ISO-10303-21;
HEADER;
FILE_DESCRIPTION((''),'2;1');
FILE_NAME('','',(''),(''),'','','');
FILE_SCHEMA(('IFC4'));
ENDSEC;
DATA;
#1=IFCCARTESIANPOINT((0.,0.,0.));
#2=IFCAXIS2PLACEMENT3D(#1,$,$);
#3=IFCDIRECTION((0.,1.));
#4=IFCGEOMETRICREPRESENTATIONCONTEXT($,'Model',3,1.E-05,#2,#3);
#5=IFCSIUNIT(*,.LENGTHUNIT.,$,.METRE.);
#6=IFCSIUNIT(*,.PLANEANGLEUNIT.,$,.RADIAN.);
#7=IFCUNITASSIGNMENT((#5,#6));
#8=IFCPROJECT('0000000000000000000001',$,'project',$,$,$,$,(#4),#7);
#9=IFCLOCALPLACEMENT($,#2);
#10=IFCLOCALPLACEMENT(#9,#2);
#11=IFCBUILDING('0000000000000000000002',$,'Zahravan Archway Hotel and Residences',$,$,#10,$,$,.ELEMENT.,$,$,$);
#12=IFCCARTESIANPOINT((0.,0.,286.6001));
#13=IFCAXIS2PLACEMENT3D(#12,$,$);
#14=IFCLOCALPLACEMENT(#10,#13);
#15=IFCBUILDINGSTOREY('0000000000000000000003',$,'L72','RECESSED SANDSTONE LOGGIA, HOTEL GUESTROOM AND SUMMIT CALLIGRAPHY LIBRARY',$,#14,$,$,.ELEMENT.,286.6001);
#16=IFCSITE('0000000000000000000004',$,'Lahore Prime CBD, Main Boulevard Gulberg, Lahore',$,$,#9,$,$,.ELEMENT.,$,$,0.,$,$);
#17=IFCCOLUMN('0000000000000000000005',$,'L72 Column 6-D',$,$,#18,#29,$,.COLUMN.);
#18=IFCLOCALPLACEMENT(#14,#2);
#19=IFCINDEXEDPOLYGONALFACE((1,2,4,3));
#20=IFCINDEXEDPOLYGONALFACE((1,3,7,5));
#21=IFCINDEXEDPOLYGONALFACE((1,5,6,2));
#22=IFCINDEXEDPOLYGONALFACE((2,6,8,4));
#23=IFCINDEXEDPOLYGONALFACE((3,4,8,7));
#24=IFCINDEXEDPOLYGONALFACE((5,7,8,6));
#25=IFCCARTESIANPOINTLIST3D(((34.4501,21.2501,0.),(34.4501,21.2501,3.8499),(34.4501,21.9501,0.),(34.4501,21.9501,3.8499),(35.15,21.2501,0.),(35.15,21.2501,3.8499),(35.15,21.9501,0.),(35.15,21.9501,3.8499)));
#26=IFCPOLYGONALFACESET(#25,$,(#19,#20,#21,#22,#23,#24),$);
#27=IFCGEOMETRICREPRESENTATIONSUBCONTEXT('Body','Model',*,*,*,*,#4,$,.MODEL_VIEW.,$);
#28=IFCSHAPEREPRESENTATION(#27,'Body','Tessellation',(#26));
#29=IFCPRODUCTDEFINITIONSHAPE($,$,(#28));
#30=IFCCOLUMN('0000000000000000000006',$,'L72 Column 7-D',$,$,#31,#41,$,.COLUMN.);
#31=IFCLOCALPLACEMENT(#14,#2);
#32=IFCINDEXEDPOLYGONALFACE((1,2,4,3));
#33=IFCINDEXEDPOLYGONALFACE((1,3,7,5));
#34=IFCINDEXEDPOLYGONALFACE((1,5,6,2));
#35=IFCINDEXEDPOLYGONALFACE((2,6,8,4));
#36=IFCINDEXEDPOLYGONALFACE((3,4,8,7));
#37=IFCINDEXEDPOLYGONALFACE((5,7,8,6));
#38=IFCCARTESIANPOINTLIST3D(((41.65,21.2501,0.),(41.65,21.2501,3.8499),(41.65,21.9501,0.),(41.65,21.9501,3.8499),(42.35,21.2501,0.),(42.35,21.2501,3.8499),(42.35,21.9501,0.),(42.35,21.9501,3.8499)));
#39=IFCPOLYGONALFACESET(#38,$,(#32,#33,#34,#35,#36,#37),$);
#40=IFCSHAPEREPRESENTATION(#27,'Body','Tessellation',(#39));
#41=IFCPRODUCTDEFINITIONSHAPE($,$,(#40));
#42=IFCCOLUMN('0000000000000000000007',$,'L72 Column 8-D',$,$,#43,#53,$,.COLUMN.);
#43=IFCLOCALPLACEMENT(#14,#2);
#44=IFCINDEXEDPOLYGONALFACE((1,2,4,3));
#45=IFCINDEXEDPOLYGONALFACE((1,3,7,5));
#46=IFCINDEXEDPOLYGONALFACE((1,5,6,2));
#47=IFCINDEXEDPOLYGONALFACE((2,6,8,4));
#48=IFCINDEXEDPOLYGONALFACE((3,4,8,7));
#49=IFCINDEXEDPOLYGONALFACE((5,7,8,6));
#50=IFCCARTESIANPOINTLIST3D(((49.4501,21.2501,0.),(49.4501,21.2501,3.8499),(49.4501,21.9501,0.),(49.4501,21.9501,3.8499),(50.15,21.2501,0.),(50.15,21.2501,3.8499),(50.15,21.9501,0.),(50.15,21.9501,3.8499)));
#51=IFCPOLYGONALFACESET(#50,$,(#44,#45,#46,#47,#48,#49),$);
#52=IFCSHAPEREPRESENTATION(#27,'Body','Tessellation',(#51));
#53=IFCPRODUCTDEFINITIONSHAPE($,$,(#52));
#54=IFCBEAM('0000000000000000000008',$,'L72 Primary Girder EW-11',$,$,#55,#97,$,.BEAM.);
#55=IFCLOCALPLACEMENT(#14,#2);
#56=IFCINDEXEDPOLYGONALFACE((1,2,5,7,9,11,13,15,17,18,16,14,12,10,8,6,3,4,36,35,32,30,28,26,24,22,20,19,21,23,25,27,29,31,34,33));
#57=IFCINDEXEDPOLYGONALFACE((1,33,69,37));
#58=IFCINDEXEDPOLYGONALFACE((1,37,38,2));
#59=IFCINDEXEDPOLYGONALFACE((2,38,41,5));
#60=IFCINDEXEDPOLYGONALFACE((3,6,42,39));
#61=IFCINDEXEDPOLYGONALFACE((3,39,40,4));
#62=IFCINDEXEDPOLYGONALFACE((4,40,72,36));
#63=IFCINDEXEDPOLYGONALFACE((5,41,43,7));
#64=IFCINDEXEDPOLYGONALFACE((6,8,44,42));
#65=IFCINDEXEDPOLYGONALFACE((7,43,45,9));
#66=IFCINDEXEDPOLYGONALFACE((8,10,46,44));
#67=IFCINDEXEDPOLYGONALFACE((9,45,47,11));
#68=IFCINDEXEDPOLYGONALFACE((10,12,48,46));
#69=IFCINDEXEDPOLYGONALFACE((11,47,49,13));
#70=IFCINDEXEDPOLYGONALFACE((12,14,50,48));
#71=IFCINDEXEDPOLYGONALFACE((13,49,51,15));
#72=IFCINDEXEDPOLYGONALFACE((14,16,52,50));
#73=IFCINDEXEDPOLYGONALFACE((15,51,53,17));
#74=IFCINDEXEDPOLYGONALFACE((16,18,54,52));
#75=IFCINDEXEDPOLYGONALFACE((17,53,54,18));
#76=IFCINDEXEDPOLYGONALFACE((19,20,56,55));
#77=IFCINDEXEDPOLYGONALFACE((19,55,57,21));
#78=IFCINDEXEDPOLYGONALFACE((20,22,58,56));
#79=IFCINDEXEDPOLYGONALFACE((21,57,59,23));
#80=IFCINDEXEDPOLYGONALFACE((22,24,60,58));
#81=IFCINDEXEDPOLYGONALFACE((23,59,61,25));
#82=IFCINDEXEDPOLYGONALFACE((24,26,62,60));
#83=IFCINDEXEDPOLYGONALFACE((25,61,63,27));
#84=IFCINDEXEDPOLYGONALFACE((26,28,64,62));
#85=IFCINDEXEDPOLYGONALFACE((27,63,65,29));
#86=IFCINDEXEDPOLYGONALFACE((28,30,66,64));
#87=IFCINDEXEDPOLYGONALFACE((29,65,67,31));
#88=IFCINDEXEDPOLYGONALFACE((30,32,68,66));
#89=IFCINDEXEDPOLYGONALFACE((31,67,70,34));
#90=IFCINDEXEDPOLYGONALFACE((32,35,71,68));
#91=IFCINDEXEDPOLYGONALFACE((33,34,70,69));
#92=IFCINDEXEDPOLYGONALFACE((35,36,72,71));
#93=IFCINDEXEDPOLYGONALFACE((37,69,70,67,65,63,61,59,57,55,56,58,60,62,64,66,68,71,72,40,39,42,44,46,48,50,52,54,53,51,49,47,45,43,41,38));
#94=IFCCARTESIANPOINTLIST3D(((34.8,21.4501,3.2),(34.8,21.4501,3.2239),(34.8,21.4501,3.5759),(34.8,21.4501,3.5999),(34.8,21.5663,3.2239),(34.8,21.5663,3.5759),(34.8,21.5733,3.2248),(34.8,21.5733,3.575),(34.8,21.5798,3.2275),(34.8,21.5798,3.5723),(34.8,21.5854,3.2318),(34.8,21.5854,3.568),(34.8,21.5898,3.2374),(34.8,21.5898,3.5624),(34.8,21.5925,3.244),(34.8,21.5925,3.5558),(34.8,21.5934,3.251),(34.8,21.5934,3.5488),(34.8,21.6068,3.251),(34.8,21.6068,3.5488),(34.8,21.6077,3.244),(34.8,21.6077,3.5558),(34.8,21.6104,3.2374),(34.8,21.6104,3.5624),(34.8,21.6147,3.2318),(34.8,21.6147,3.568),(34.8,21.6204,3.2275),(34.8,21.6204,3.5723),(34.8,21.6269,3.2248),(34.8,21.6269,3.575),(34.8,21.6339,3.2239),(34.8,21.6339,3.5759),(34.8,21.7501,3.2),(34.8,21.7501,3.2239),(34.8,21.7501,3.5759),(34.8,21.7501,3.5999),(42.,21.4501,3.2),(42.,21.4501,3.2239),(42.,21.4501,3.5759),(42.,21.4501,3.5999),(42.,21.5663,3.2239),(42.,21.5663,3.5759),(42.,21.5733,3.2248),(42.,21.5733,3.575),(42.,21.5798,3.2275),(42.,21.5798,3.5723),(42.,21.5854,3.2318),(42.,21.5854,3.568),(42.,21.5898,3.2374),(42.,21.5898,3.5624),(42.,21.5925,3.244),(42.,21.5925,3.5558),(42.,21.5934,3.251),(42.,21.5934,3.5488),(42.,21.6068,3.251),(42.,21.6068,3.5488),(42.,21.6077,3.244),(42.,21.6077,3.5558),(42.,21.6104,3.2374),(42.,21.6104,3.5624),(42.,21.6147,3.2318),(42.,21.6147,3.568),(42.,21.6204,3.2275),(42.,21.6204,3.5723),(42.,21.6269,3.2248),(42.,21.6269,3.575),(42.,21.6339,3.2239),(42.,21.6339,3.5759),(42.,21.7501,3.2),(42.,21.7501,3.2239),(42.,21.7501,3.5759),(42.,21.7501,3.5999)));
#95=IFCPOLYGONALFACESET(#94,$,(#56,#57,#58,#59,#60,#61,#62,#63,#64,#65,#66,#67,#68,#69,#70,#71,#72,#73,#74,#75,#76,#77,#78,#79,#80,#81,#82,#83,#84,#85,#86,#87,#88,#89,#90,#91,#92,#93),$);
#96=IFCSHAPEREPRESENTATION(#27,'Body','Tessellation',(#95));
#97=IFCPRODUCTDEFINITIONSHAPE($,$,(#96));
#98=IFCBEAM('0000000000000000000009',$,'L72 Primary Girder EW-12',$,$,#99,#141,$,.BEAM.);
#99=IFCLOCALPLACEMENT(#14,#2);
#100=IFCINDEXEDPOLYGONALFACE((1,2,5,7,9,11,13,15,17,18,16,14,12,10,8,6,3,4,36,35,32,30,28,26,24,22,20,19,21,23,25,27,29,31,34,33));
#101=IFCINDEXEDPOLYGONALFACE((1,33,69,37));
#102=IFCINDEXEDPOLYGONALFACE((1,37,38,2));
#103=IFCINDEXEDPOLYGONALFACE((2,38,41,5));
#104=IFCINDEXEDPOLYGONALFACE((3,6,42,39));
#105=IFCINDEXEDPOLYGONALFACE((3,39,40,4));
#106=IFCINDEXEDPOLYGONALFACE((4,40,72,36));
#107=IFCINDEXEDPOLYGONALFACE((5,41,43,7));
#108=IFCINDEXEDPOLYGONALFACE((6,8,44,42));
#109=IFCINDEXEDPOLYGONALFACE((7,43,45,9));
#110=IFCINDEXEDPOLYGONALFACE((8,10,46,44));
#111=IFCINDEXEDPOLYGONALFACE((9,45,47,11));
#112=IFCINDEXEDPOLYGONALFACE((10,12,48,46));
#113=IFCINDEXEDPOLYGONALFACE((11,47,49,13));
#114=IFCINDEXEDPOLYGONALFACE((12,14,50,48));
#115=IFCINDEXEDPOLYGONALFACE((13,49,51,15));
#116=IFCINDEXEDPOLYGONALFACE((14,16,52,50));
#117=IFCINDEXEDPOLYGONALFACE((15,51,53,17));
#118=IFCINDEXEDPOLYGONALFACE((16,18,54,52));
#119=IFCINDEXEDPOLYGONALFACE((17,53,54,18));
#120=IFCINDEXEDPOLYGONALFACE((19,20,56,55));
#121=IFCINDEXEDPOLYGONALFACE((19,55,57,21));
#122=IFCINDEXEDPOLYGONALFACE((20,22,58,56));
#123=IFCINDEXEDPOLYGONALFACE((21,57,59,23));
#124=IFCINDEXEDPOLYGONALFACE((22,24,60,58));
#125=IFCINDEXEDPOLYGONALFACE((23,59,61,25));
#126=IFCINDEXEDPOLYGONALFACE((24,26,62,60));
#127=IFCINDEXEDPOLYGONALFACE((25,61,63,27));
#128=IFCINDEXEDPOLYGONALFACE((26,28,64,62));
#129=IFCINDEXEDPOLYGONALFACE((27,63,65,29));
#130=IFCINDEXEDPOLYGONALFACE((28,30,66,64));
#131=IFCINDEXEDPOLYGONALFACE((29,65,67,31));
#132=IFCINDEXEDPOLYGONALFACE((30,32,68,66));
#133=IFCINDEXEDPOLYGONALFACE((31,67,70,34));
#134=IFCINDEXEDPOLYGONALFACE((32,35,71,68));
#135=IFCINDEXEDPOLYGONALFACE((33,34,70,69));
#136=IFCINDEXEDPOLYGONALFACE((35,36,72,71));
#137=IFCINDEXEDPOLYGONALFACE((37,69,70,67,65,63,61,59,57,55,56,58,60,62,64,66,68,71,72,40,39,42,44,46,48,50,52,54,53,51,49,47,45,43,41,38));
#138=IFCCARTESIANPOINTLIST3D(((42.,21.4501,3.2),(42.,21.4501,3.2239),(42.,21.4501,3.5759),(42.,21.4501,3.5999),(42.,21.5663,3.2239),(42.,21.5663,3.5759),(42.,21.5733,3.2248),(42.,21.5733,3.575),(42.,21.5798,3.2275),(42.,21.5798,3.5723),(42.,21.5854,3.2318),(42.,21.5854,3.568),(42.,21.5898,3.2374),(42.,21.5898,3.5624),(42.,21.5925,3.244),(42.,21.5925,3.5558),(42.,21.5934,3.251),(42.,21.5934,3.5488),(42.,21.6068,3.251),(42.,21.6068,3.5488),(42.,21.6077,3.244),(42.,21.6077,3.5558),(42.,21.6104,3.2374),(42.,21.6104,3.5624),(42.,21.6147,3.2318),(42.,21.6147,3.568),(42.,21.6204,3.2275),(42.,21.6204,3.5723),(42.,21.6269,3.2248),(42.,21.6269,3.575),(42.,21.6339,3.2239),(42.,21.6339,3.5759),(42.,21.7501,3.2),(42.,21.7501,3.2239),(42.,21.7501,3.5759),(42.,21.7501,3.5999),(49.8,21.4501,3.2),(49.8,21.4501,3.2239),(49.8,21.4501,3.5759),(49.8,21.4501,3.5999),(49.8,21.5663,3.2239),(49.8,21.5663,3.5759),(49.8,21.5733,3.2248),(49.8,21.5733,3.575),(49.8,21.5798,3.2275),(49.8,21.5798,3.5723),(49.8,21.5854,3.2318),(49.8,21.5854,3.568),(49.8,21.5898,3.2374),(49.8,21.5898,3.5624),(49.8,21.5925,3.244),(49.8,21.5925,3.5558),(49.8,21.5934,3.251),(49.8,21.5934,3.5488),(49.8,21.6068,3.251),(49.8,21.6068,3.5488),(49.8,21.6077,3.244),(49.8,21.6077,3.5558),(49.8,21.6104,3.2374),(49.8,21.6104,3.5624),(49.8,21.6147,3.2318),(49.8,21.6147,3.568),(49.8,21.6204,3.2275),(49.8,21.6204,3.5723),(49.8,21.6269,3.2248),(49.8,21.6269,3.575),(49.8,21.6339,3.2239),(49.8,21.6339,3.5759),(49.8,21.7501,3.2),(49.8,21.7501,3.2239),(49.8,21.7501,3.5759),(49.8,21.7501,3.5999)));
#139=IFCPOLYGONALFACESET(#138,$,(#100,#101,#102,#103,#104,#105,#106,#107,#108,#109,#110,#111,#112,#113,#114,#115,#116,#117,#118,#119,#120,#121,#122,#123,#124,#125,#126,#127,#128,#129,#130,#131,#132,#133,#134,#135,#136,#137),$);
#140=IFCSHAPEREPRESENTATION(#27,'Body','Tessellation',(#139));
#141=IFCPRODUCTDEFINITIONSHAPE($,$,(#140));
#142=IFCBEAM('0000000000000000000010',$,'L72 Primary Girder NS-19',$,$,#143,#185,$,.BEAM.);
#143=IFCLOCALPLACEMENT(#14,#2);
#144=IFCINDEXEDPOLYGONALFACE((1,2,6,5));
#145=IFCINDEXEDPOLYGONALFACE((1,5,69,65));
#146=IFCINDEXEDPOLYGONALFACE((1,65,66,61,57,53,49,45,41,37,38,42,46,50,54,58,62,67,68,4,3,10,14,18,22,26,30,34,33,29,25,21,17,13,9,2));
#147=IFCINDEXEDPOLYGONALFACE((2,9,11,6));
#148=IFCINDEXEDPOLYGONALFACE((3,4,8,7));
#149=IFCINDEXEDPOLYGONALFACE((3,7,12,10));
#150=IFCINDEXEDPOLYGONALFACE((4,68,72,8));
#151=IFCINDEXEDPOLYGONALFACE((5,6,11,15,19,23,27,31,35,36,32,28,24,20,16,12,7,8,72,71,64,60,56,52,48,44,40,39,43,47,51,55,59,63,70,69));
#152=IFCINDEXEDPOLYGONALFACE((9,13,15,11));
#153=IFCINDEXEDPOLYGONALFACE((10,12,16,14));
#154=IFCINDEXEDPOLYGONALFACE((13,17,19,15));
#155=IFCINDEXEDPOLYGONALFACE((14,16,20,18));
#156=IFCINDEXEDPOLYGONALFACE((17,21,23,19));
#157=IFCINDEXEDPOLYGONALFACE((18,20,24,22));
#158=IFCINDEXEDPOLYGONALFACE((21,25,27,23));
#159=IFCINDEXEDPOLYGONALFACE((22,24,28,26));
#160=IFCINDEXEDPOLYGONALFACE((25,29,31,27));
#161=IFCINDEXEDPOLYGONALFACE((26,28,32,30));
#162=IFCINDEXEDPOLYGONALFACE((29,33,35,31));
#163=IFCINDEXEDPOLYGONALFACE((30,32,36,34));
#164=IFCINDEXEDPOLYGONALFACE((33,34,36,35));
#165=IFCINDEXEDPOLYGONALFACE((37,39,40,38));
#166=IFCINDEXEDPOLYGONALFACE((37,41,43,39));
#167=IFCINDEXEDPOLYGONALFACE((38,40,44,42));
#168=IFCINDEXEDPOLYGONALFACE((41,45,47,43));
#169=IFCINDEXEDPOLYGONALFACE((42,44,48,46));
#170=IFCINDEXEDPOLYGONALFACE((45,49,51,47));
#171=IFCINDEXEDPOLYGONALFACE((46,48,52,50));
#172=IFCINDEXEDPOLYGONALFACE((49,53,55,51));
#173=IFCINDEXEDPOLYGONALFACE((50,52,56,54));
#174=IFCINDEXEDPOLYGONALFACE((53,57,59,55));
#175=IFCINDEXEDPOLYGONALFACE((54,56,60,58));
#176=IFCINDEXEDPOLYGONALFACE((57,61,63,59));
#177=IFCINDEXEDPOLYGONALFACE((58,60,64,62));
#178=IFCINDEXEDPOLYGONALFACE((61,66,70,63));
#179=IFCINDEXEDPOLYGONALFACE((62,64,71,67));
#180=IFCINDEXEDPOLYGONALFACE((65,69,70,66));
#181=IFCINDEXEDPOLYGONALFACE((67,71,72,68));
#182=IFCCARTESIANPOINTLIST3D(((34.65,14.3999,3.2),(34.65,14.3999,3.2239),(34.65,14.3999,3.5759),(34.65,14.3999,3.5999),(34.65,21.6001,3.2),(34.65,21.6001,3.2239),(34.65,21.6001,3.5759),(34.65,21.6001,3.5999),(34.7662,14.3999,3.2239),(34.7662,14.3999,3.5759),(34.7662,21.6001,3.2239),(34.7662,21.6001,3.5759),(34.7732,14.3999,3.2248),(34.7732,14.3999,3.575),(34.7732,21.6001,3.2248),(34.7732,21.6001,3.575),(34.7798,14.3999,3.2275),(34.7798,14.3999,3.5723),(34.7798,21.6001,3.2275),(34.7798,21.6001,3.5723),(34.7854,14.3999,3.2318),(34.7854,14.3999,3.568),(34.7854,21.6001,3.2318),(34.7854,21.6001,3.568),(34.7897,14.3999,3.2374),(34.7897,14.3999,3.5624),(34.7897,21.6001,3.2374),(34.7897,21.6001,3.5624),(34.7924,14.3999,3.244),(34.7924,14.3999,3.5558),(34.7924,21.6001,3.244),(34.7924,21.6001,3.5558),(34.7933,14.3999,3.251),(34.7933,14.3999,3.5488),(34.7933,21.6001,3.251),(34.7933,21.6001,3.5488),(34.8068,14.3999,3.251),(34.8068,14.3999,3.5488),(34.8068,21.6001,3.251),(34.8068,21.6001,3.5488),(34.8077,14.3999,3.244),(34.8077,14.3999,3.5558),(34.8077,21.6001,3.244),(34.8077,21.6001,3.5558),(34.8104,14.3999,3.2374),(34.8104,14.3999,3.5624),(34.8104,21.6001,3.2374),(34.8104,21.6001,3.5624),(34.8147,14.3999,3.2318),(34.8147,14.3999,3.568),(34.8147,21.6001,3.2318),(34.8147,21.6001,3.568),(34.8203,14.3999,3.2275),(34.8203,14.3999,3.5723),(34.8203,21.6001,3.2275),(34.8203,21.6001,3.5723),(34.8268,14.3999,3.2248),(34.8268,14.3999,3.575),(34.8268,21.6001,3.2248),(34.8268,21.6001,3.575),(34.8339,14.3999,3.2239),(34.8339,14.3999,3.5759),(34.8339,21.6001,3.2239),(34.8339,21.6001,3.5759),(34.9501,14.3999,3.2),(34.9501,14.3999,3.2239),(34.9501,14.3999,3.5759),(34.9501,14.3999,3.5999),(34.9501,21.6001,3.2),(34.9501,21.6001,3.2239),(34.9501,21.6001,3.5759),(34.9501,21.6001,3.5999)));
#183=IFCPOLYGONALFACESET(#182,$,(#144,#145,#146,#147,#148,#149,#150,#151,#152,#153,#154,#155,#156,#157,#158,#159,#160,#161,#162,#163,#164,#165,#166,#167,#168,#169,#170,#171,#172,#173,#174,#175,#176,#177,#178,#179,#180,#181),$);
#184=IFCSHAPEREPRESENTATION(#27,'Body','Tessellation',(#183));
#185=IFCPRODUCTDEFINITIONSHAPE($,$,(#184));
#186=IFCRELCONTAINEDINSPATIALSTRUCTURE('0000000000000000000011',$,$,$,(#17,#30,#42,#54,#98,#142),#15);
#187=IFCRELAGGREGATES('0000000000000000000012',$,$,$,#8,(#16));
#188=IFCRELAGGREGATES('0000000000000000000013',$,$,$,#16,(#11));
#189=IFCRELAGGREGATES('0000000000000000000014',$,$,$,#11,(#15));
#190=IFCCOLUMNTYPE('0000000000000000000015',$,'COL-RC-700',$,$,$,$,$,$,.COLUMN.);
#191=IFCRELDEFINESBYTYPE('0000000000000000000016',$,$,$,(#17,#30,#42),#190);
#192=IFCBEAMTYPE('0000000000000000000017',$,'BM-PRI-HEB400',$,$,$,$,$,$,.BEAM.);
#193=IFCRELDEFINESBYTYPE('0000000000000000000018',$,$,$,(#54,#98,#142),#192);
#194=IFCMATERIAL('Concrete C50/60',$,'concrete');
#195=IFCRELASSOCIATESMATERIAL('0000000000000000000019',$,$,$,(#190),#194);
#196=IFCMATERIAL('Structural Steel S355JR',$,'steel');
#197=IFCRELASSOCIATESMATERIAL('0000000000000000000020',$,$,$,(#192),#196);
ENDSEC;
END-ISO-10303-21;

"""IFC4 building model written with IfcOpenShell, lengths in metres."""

from ifc_helpers import new_model, si_unit, direction, frame, origin, origin_2d, place, context, subcontext, project, spatial, rectangle, i_section, extrude, source, transform, mapped, material, material_profile, profile_set, type_object, type_shapes, element, save


model = new_model("IFC4")

# Units and contexts
model_context = context("Model", 3, precision=1e-05, world=origin(), true_north=direction((0.0, 1.0)))
body_context = subcontext(model_context, "Body", "Model", "MODEL_VIEW")
ifc_project = project(units=[si_unit("LENGTHUNIT", "METRE"), si_unit("PLANEANGLEUNIT", "RADIAN")], contexts=[model_context])

# Site, building, storey
site_placement = place(None, origin())
site = spatial("IfcSite", under=ifc_project, at=site_placement, Name="Lahore Prime CBD, Main Boulevard Gulberg, Lahore", CompositionType="ELEMENT", RefElevation=0.0)
building_placement = place(site_placement, origin())
building = spatial("IfcBuilding", under=site, at=building_placement, Name="Zahravan Archway Hotel and Residences", CompositionType="ELEMENT")
storey_placement = place(building_placement, frame((0.0, 0.0, 286.6001)))
storey = spatial("IfcBuildingStorey", under=building, at=storey_placement, Name="L72", Description="RECESSED SANDSTONE LOGGIA, HOTEL GUESTROOM AND SUMMIT CALLIGRAPHY LIBRARY", CompositionType="ELEMENT", Elevation=286.6001)

# Columns
ifc_material_1 = material(Name="Concrete C50/60", Category="concrete")
ifc_material_profile_1 = material_profile(ifc_material_1, rectangle(XDim=0.7, YDim=0.7, at=origin_2d()), Name="RC-COL-700x700", Category="concrete")
ifc_profile_set_1 = profile_set([ifc_material_profile_1], Name="Concrete C50/60")
column_type = type_object("IfcColumnType", Name="COL-RC-700", PredefinedType="COLUMN", material=ifc_profile_set_1)
shared_shape_1 = source(origin(), body_context, "Body", "SweptSolid", [
    extrude(rectangle(XDim=0.7, YDim=0.7, at=origin_2d()), origin(), (0.0, 0.0, 1.0), 3.8499),
])
type_shapes(column_type, [shared_shape_1])
for number, where, z_axis, x_axis, name in (
    (1, (34.8, 21.6001, 0.0), (0.0, 0.0, 1.0), (1.0, 0.0, 0.0), "L72 Column 6-D"),
    (2, (42.0, 21.6001, 0.0), (0.0, 0.0, 1.0), (1.0, 0.0, 0.0), "L72 Column 7-D"),
    (3, (49.8, 21.6001, 0.0), (0.0, 0.0, 1.0), (1.0, 0.0, 0.0), "L72 Column 8-D"),
):
    element("IfcColumn", number, at=place(storey_placement, frame(where, z_axis=z_axis, x_axis=x_axis)), inside=storey, type_object=column_type, Name=name, PredefinedType="COLUMN", context=body_context, shape_type="MappedRepresentation", body=[
        mapped(shared_shape_1, transform((0.0, 0.0, 0.0), scale=1.0)),
    ])

# Beams
ifc_material_2 = material(Name="Structural Steel S355JR", Category="steel")
ifc_material_profile_2 = material_profile(ifc_material_2, i_section(OverallWidth=0.3, OverallDepth=0.3999, WebThickness=0.0134, FlangeThickness=0.0239, FilletRadius=0.0271, at=origin_2d()), Name="HEB 400", Category="steel")
ifc_profile_set_2 = profile_set([ifc_material_profile_2], Name="Structural Steel S355JR")
beam_type = type_object("IfcBeamType", Name="BM-PRI-HEB400", PredefinedType="BEAM", material=ifc_profile_set_2)
shared_shape_2 = source(origin(), body_context, "Body", "SweptSolid", [
    extrude(i_section(OverallWidth=0.3, OverallDepth=0.3999, WebThickness=0.0134, FlangeThickness=0.0239, FilletRadius=0.0271, at=origin_2d()), origin(), (0.0, 0.0, 1.0), 7.2),
])
type_shapes(beam_type, [shared_shape_2])
beam_1_placement = place(storey_placement, frame((34.8, 21.6001, 3.3999), z_axis=(1.0, 0.0, 0.0), x_axis=(0.0, 1.0, 0.0)))
element("IfcBeam", 4, at=beam_1_placement, inside=storey, type_object=beam_type, Name="L72 Primary Girder EW-11", PredefinedType="BEAM", context=body_context, shape_type="MappedRepresentation", body=[
    mapped(shared_shape_2, transform((0.0, 0.0, 0.0), scale=1.0)),
])
shared_shape_3 = source(origin(), body_context, "Body", "SweptSolid", [
    extrude(i_section(OverallWidth=0.3, OverallDepth=0.3999, WebThickness=0.0134, FlangeThickness=0.0239, FilletRadius=0.0271, at=origin_2d()), origin(), (0.0, 0.0, 1.0), 7.8),
])
beam_2_placement = place(storey_placement, frame((42.0, 21.6001, 3.3999), z_axis=(1.0, 0.0, 0.0), x_axis=(0.0, 1.0, 0.0)))
element("IfcBeam", 5, at=beam_2_placement, inside=storey, type_object=beam_type, Name="L72 Primary Girder EW-12", PredefinedType="BEAM", context=body_context, shape_type="MappedRepresentation", body=[
    mapped(shared_shape_3, transform((0.0, 0.0, 0.0), scale=1.0)),
])
shared_shape_4 = source(origin(), body_context, "Body", "SweptSolid", [
    extrude(i_section(OverallWidth=0.3, OverallDepth=0.3999, WebThickness=0.0134, FlangeThickness=0.0239, FilletRadius=0.0271, at=origin_2d()), origin(), (0.0, 0.0, 1.0), 7.2002),
])
for number, where, z_axis, x_axis, name in (
    (6, (34.8, 14.3999, 3.3999), (0.0, 1.0, 0.0), (-1.0, 0.0, 0.0), "L72 Primary Girder NS-19"),
):
    element("IfcBeam", number, at=place(storey_placement, frame(where, z_axis=z_axis, x_axis=x_axis)), inside=storey, type_object=beam_type, Name=name, PredefinedType="BEAM", context=body_context, shape_type="MappedRepresentation", body=[
        mapped(shared_shape_4, transform((0.0, 0.0, 0.0), scale=1.0)),
    ])

save(model, "model.ifc")
